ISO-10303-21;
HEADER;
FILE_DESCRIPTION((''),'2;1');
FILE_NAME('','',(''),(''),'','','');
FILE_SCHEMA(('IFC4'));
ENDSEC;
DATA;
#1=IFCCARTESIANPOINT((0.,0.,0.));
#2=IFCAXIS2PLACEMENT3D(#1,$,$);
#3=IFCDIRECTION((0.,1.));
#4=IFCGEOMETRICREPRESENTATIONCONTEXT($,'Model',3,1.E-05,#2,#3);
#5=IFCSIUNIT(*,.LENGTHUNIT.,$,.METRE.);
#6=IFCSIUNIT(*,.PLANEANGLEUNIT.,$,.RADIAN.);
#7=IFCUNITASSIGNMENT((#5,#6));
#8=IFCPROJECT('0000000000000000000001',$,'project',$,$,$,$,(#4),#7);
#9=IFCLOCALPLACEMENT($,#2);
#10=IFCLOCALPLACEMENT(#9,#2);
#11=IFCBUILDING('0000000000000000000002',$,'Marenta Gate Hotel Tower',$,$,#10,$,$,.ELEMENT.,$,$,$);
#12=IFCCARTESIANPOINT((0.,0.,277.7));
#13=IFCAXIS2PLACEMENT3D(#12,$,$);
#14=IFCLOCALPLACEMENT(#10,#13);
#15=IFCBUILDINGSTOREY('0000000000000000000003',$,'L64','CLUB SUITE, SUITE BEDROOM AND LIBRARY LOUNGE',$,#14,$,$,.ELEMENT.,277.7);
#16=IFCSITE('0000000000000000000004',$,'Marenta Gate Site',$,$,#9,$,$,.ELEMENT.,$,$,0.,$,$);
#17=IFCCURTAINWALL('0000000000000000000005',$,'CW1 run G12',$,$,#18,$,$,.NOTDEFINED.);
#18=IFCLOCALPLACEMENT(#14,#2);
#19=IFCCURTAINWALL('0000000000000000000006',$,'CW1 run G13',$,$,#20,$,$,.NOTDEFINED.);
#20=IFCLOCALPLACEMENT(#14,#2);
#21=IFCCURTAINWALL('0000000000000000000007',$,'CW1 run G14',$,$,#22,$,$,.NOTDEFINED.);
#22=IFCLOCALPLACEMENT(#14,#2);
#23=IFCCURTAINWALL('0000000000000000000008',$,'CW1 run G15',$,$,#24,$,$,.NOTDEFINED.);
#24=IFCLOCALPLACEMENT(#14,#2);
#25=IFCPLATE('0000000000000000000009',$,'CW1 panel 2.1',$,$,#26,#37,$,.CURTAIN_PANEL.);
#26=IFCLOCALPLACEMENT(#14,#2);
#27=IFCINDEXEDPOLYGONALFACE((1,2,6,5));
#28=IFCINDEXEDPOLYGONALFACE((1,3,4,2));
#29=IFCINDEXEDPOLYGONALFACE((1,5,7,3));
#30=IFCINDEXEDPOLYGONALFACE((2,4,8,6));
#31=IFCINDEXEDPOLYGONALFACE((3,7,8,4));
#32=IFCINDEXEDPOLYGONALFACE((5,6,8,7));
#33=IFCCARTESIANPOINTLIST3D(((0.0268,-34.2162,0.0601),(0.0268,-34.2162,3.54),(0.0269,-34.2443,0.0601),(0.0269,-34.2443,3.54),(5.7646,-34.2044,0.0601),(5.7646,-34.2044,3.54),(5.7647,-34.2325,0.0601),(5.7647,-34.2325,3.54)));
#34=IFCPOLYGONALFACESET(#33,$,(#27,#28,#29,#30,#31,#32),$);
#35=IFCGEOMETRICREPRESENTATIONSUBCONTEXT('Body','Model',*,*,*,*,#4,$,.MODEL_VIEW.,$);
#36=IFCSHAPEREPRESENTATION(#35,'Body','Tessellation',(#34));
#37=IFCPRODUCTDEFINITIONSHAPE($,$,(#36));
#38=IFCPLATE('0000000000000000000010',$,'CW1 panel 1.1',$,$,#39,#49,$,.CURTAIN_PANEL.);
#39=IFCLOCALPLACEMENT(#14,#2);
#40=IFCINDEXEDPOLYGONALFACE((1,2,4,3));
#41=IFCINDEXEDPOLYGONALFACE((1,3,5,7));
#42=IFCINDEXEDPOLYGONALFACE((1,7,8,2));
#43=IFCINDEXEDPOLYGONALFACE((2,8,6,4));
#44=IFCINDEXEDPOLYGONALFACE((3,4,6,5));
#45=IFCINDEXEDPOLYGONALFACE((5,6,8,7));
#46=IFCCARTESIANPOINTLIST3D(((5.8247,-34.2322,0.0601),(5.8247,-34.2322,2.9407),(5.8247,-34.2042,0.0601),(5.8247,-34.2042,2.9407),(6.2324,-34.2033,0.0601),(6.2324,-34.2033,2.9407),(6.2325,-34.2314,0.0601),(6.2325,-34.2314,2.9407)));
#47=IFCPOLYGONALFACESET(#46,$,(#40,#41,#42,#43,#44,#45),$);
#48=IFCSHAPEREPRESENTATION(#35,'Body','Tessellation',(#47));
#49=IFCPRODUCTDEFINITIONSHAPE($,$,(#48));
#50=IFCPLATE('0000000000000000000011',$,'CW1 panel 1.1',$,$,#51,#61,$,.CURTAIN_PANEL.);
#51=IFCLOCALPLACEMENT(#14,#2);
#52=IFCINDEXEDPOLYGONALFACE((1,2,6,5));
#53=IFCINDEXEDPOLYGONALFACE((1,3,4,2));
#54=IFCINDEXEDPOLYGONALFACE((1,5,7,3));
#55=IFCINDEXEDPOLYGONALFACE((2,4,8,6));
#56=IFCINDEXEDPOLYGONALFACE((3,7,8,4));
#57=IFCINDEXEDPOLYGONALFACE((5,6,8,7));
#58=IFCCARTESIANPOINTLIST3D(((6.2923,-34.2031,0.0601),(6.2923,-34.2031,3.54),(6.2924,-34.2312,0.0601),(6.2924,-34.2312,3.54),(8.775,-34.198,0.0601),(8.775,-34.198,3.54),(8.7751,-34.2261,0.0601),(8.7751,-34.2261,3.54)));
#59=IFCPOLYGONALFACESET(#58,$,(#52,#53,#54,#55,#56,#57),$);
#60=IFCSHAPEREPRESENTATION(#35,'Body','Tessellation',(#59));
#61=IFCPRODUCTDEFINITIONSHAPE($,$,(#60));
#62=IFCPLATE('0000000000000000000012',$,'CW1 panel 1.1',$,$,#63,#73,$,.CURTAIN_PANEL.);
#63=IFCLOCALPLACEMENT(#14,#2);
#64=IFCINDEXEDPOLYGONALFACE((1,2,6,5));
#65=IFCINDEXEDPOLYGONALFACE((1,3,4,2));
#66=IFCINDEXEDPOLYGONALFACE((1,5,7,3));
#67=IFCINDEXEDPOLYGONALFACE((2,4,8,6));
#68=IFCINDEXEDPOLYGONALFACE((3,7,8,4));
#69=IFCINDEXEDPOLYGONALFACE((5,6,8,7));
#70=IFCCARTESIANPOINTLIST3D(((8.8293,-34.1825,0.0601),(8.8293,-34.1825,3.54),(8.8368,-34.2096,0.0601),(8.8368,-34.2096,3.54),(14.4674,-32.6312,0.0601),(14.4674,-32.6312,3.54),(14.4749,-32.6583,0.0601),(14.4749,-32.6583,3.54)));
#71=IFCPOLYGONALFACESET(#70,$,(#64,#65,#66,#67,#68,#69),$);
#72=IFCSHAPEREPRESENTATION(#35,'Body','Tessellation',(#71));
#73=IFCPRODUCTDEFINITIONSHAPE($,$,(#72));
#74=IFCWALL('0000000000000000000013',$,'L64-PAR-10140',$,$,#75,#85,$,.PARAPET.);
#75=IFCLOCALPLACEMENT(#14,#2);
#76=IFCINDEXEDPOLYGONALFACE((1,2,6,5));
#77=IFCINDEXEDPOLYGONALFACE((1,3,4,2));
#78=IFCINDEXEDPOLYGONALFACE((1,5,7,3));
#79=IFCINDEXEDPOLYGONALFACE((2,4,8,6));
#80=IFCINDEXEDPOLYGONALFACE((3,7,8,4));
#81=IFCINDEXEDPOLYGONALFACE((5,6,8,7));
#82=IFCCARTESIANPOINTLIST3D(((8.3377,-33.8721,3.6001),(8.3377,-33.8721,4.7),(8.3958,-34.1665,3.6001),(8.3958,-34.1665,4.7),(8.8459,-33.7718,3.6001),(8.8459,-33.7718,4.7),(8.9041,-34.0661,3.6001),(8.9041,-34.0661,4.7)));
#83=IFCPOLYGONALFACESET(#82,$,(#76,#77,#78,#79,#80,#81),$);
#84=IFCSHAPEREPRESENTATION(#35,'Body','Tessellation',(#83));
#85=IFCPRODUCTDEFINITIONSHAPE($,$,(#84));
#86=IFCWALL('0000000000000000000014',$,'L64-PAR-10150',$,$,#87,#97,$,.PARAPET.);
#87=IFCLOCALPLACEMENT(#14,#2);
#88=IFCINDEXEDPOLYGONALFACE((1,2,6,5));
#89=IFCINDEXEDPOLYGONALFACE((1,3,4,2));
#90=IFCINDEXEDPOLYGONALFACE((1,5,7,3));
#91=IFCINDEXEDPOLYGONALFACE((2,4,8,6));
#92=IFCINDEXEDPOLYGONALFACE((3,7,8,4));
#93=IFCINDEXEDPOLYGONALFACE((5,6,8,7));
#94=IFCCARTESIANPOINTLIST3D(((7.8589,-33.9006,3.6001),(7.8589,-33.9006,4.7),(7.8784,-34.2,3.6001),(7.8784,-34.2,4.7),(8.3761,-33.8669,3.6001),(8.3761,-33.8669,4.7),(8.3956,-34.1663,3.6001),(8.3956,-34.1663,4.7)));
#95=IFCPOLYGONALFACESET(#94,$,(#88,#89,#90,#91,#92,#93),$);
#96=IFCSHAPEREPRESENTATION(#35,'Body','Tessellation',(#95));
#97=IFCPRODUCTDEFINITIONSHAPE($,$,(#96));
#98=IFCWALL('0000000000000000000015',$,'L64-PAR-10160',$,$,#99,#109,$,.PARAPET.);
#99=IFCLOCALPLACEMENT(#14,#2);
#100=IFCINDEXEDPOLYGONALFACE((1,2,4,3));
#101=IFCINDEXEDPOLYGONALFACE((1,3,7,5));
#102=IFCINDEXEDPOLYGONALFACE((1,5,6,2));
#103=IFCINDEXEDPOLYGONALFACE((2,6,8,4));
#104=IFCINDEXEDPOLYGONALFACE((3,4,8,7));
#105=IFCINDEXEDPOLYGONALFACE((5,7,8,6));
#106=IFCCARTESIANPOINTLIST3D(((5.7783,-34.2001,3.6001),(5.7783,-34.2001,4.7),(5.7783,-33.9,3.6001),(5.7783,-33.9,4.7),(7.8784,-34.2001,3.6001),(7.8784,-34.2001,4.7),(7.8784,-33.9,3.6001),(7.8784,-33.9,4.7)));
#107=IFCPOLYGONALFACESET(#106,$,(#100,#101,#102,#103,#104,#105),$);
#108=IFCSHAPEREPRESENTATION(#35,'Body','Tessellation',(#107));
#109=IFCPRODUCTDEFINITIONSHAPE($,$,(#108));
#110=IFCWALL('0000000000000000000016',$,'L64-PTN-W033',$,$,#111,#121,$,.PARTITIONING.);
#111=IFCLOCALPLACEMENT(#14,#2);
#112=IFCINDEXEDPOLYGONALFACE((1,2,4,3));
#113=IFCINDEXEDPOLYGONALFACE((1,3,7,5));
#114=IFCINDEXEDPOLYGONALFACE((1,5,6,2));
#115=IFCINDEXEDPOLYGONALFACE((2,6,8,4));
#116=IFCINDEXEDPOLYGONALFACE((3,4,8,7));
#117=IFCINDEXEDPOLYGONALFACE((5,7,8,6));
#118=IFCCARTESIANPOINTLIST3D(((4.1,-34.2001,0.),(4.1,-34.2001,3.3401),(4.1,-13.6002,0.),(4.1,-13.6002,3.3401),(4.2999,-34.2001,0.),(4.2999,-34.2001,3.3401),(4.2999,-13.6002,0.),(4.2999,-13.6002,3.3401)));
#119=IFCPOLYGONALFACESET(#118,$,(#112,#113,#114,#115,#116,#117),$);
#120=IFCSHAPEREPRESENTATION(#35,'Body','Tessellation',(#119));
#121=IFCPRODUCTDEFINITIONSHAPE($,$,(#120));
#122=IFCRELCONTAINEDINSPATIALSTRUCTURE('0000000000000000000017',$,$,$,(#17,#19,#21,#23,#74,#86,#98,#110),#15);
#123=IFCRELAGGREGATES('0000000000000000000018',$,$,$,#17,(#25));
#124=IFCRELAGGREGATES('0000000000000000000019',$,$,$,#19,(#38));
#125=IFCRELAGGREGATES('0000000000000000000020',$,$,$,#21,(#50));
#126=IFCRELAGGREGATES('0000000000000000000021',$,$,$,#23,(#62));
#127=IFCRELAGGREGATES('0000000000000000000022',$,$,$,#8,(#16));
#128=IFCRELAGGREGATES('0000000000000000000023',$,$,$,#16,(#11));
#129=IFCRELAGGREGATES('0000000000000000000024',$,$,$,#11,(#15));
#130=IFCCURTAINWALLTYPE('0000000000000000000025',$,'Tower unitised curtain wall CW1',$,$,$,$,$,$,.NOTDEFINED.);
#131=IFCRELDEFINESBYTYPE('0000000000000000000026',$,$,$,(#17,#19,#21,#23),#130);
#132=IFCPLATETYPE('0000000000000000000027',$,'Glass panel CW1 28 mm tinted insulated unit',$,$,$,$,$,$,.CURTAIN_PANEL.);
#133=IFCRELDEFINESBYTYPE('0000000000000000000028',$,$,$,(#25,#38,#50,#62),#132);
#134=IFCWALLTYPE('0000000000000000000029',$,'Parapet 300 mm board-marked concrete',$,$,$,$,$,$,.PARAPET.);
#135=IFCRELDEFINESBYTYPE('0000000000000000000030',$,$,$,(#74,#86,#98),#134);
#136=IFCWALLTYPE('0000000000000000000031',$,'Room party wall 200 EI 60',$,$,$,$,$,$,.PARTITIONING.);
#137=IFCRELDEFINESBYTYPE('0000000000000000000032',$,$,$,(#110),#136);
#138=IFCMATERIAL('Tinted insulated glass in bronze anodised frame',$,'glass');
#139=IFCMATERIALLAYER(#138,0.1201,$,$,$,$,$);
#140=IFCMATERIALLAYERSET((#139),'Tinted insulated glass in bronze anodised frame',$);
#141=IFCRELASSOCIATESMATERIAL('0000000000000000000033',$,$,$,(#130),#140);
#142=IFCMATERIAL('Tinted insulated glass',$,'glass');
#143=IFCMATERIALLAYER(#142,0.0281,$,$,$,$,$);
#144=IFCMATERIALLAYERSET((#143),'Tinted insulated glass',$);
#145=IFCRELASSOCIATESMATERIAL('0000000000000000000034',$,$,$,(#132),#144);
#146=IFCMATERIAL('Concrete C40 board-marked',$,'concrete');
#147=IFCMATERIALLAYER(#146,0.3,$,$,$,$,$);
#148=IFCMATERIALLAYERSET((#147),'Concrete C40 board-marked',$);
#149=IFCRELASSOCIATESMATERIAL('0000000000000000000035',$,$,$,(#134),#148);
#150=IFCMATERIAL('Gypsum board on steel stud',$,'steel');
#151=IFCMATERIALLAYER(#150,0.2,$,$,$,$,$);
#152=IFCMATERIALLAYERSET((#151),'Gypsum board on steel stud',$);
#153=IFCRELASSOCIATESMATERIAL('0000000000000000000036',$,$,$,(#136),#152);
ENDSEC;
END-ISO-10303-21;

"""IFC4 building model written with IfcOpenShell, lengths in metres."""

from ifc_helpers import new_model, si_unit, direction, frame, frame_2d, origin, origin_2d, place, context, subcontext, project, spatial, rectangle, extrude, material, layer, layer_set, type_object, element, aggregate, save


model = new_model("IFC4")

# Units and contexts
model_context = context("Model", 3, precision=1e-05, world=origin(), true_north=direction((0.0, 1.0)))
body_context = subcontext(model_context, "Body", "Model", "MODEL_VIEW")
ifc_project = project(units=[si_unit("LENGTHUNIT", "METRE"), si_unit("PLANEANGLEUNIT", "RADIAN")], contexts=[model_context])

# Site, building, storey
site_placement = place(None, origin())
site = spatial("IfcSite", under=ifc_project, at=site_placement, Name="Marenta Gate Site", CompositionType="ELEMENT", RefElevation=0.0)
building_placement = place(site_placement, origin())
building = spatial("IfcBuilding", under=site, at=building_placement, Name="Marenta Gate Hotel Tower", CompositionType="ELEMENT")
storey_placement = place(building_placement, frame((0.0, 0.0, 277.7)))
storey = spatial("IfcBuildingStorey", under=building, at=storey_placement, Name="L64", Description="CLUB SUITE, SUITE BEDROOM AND LIBRARY LOUNGE", CompositionType="ELEMENT", Elevation=277.7)

# Curtain walls
ifc_material_1 = material(Name="Tinted insulated glass in bronze anodised frame", Category="glass")
ifc_layer_1 = layer(ifc_material_1, 0.1201)
ifc_layer_set_1 = layer_set([ifc_layer_1], Name="Tinted insulated glass in bronze anodised frame")
curtain_wall_type = type_object("IfcCurtainWallType", Name="Tower unitised curtain wall CW1", PredefinedType="NOTDEFINED", material=ifc_layer_set_1)
curtain_wall_1_placement = place(storey_placement, origin())
curtain_wall_1 = element("IfcCurtainWall", 1, at=curtain_wall_1_placement, inside=storey, type_object=curtain_wall_type, Name="CW1 run G12", PredefinedType="NOTDEFINED")
curtain_wall_2_placement = place(storey_placement, origin())
curtain_wall_2 = element("IfcCurtainWall", 2, at=curtain_wall_2_placement, inside=storey, type_object=curtain_wall_type, Name="CW1 run G13", PredefinedType="NOTDEFINED")
curtain_wall_3_placement = place(storey_placement, origin())
curtain_wall_3 = element("IfcCurtainWall", 3, at=curtain_wall_3_placement, inside=storey, type_object=curtain_wall_type, Name="CW1 run G14", PredefinedType="NOTDEFINED")
curtain_wall_4_placement = place(storey_placement, origin())
curtain_wall_4 = element("IfcCurtainWall", 4, at=curtain_wall_4_placement, inside=storey, type_object=curtain_wall_type, Name="CW1 run G15", PredefinedType="NOTDEFINED")

# Plates
ifc_material_2 = material(Name="Tinted insulated glass", Category="glass")
ifc_layer_2 = layer(ifc_material_2, 0.0281)
ifc_layer_set_2 = layer_set([ifc_layer_2], Name="Tinted insulated glass")
plate_type = type_object("IfcPlateType", Name="Glass panel CW1 28 mm tinted insulated unit", PredefinedType="CURTAIN_PANEL", material=ifc_layer_set_2)
plate_1_placement = place(storey_placement, frame((2.8958, -34.2244, 0.0601), z_axis=(0.0, 0.0, 1.0), x_axis=(0.999998, 0.002063, 0.0)))
plate_1 = element("IfcPlate", 5, at=plate_1_placement, type_object=plate_type, Name="CW1 panel 2.1", PredefinedType="CURTAIN_PANEL", context=body_context, shape_type="SweptSolid", body=[
    extrude(rectangle(XDim=5.7378, YDim=0.0281, at=origin_2d()), origin(), (0.0, 0.0, 1.0), 3.48),
])
aggregate(curtain_wall_1, [plate_1])
plate_2_placement = place(storey_placement, frame((6.0286, -34.2178, 0.0601), z_axis=(0.0, 0.0, 1.0), x_axis=(0.999998, 0.002138, 0.0)))
plate_2 = element("IfcPlate", 6, at=plate_2_placement, type_object=plate_type, Name="CW1 panel 1.1", PredefinedType="CURTAIN_PANEL", context=body_context, shape_type="SweptSolid", body=[
    extrude(rectangle(XDim=0.4077, YDim=0.0281, at=origin_2d()), origin(), (0.0, 0.0, 1.0), 2.8806),
])
aggregate(curtain_wall_2, [plate_2])
plate_3_placement = place(storey_placement, frame((7.5337, -34.2146, 0.0601), z_axis=(0.0, 0.0, 1.0), x_axis=(0.999998, 0.002084, 0.0)))
plate_3 = element("IfcPlate", 7, at=plate_3_placement, type_object=plate_type, Name="CW1 panel 1.1", PredefinedType="CURTAIN_PANEL", context=body_context, shape_type="SweptSolid", body=[
    extrude(rectangle(XDim=2.4827, YDim=0.0281, at=origin_2d()), origin(), (0.0, 0.0, 1.0), 3.48),
])
aggregate(curtain_wall_3, [plate_3])
plate_4_placement = place(storey_placement, frame((11.6521, -33.4204, 0.0601), z_axis=(0.0, 0.0, 1.0), x_axis=(0.964168, 0.265292, 0.0)))
plate_4 = element("IfcPlate", 8, at=plate_4_placement, type_object=plate_type, Name="CW1 panel 1.1", PredefinedType="CURTAIN_PANEL", context=body_context, shape_type="SweptSolid", body=[
    extrude(rectangle(XDim=5.8477, YDim=0.0281, at=origin_2d()), origin(), (0.0, 0.0, 1.0), 3.48),
])
aggregate(curtain_wall_4, [plate_4])

# Walls
ifc_material_3 = material(Name="Concrete C40 board-marked", Category="concrete")
ifc_layer_3 = layer(ifc_material_3, 0.3)
ifc_layer_set_3 = layer_set([ifc_layer_3], Name="Concrete C40 board-marked")
wall_type_1 = type_object("IfcWallType", Name="Parapet 300 mm board-marked concrete", PredefinedType="PARAPET", material=ifc_layer_set_3)
wall_1_placement = place(storey_placement, frame((8.875, -33.9189, 3.6001), z_axis=(0.0, 0.0, 1.0), x_axis=(-0.981067, -0.193669, 0.0)))
element("IfcWall", 9, at=wall_1_placement, inside=storey, type_object=wall_type_1, Name="L64-PAR-10140", PredefinedType="PARAPET", context=body_context, shape_type="SweptSolid", body=[
    extrude(rectangle(XDim=0.5181, YDim=0.3, at=frame_2d((0.259, 0.0))), origin(), (0.0, 0.0, 1.0), 1.0999),
])
wall_2_placement = place(storey_placement, frame((8.386, -34.0166, 3.6001), z_axis=(0.0, 0.0, 1.0), x_axis=(-0.997886, -0.064987, 0.0)))
element("IfcWall", 10, at=wall_2_placement, inside=storey, type_object=wall_type_1, Name="L64-PAR-10150", PredefinedType="PARAPET", context=body_context, shape_type="SweptSolid", body=[
    extrude(rectangle(XDim=0.5183, YDim=0.3, at=frame_2d((0.2593, 0.0))), origin(), (0.0, 0.0, 1.0), 1.0999),
])
wall_3_placement = place(storey_placement, frame((7.8784, -34.05, 3.6001), z_axis=(0.0, 0.0, 1.0), x_axis=(-1.0, 0.0, 0.0)))
element("IfcWall", 11, at=wall_3_placement, inside=storey, type_object=wall_type_1, Name="L64-PAR-10160", PredefinedType="PARAPET", context=body_context, shape_type="SweptSolid", body=[
    extrude(rectangle(XDim=2.1001, YDim=0.3, at=frame_2d((1.05, 0.0))), origin(), (0.0, 0.0, 1.0), 1.0999),
])
ifc_material_4 = material(Name="Gypsum board on steel stud", Category="steel")
ifc_layer_4 = layer(ifc_material_4, 0.2)
ifc_layer_set_4 = layer_set([ifc_layer_4], Name="Gypsum board on steel stud")
wall_type_2 = type_object("IfcWallType", Name="Room party wall 200 EI 60", PredefinedType="PARTITIONING", material=ifc_layer_set_4)
wall_4_placement = place(storey_placement, frame((4.2, -34.2, 0.0), z_axis=(0.0, 0.0, 1.0), x_axis=(0.0, 1.0, 0.0)))
element("IfcWall", 12, at=wall_4_placement, inside=storey, type_object=wall_type_2, Name="L64-PTN-W033", PredefinedType="PARTITIONING", context=body_context, shape_type="SweptSolid", body=[
    extrude(rectangle(XDim=20.5999, YDim=0.2, at=frame_2d((10.2998, 0.0))), origin(), (0.0, 0.0, 1.0), 3.3401),
])

save(model, "model.ifc")
